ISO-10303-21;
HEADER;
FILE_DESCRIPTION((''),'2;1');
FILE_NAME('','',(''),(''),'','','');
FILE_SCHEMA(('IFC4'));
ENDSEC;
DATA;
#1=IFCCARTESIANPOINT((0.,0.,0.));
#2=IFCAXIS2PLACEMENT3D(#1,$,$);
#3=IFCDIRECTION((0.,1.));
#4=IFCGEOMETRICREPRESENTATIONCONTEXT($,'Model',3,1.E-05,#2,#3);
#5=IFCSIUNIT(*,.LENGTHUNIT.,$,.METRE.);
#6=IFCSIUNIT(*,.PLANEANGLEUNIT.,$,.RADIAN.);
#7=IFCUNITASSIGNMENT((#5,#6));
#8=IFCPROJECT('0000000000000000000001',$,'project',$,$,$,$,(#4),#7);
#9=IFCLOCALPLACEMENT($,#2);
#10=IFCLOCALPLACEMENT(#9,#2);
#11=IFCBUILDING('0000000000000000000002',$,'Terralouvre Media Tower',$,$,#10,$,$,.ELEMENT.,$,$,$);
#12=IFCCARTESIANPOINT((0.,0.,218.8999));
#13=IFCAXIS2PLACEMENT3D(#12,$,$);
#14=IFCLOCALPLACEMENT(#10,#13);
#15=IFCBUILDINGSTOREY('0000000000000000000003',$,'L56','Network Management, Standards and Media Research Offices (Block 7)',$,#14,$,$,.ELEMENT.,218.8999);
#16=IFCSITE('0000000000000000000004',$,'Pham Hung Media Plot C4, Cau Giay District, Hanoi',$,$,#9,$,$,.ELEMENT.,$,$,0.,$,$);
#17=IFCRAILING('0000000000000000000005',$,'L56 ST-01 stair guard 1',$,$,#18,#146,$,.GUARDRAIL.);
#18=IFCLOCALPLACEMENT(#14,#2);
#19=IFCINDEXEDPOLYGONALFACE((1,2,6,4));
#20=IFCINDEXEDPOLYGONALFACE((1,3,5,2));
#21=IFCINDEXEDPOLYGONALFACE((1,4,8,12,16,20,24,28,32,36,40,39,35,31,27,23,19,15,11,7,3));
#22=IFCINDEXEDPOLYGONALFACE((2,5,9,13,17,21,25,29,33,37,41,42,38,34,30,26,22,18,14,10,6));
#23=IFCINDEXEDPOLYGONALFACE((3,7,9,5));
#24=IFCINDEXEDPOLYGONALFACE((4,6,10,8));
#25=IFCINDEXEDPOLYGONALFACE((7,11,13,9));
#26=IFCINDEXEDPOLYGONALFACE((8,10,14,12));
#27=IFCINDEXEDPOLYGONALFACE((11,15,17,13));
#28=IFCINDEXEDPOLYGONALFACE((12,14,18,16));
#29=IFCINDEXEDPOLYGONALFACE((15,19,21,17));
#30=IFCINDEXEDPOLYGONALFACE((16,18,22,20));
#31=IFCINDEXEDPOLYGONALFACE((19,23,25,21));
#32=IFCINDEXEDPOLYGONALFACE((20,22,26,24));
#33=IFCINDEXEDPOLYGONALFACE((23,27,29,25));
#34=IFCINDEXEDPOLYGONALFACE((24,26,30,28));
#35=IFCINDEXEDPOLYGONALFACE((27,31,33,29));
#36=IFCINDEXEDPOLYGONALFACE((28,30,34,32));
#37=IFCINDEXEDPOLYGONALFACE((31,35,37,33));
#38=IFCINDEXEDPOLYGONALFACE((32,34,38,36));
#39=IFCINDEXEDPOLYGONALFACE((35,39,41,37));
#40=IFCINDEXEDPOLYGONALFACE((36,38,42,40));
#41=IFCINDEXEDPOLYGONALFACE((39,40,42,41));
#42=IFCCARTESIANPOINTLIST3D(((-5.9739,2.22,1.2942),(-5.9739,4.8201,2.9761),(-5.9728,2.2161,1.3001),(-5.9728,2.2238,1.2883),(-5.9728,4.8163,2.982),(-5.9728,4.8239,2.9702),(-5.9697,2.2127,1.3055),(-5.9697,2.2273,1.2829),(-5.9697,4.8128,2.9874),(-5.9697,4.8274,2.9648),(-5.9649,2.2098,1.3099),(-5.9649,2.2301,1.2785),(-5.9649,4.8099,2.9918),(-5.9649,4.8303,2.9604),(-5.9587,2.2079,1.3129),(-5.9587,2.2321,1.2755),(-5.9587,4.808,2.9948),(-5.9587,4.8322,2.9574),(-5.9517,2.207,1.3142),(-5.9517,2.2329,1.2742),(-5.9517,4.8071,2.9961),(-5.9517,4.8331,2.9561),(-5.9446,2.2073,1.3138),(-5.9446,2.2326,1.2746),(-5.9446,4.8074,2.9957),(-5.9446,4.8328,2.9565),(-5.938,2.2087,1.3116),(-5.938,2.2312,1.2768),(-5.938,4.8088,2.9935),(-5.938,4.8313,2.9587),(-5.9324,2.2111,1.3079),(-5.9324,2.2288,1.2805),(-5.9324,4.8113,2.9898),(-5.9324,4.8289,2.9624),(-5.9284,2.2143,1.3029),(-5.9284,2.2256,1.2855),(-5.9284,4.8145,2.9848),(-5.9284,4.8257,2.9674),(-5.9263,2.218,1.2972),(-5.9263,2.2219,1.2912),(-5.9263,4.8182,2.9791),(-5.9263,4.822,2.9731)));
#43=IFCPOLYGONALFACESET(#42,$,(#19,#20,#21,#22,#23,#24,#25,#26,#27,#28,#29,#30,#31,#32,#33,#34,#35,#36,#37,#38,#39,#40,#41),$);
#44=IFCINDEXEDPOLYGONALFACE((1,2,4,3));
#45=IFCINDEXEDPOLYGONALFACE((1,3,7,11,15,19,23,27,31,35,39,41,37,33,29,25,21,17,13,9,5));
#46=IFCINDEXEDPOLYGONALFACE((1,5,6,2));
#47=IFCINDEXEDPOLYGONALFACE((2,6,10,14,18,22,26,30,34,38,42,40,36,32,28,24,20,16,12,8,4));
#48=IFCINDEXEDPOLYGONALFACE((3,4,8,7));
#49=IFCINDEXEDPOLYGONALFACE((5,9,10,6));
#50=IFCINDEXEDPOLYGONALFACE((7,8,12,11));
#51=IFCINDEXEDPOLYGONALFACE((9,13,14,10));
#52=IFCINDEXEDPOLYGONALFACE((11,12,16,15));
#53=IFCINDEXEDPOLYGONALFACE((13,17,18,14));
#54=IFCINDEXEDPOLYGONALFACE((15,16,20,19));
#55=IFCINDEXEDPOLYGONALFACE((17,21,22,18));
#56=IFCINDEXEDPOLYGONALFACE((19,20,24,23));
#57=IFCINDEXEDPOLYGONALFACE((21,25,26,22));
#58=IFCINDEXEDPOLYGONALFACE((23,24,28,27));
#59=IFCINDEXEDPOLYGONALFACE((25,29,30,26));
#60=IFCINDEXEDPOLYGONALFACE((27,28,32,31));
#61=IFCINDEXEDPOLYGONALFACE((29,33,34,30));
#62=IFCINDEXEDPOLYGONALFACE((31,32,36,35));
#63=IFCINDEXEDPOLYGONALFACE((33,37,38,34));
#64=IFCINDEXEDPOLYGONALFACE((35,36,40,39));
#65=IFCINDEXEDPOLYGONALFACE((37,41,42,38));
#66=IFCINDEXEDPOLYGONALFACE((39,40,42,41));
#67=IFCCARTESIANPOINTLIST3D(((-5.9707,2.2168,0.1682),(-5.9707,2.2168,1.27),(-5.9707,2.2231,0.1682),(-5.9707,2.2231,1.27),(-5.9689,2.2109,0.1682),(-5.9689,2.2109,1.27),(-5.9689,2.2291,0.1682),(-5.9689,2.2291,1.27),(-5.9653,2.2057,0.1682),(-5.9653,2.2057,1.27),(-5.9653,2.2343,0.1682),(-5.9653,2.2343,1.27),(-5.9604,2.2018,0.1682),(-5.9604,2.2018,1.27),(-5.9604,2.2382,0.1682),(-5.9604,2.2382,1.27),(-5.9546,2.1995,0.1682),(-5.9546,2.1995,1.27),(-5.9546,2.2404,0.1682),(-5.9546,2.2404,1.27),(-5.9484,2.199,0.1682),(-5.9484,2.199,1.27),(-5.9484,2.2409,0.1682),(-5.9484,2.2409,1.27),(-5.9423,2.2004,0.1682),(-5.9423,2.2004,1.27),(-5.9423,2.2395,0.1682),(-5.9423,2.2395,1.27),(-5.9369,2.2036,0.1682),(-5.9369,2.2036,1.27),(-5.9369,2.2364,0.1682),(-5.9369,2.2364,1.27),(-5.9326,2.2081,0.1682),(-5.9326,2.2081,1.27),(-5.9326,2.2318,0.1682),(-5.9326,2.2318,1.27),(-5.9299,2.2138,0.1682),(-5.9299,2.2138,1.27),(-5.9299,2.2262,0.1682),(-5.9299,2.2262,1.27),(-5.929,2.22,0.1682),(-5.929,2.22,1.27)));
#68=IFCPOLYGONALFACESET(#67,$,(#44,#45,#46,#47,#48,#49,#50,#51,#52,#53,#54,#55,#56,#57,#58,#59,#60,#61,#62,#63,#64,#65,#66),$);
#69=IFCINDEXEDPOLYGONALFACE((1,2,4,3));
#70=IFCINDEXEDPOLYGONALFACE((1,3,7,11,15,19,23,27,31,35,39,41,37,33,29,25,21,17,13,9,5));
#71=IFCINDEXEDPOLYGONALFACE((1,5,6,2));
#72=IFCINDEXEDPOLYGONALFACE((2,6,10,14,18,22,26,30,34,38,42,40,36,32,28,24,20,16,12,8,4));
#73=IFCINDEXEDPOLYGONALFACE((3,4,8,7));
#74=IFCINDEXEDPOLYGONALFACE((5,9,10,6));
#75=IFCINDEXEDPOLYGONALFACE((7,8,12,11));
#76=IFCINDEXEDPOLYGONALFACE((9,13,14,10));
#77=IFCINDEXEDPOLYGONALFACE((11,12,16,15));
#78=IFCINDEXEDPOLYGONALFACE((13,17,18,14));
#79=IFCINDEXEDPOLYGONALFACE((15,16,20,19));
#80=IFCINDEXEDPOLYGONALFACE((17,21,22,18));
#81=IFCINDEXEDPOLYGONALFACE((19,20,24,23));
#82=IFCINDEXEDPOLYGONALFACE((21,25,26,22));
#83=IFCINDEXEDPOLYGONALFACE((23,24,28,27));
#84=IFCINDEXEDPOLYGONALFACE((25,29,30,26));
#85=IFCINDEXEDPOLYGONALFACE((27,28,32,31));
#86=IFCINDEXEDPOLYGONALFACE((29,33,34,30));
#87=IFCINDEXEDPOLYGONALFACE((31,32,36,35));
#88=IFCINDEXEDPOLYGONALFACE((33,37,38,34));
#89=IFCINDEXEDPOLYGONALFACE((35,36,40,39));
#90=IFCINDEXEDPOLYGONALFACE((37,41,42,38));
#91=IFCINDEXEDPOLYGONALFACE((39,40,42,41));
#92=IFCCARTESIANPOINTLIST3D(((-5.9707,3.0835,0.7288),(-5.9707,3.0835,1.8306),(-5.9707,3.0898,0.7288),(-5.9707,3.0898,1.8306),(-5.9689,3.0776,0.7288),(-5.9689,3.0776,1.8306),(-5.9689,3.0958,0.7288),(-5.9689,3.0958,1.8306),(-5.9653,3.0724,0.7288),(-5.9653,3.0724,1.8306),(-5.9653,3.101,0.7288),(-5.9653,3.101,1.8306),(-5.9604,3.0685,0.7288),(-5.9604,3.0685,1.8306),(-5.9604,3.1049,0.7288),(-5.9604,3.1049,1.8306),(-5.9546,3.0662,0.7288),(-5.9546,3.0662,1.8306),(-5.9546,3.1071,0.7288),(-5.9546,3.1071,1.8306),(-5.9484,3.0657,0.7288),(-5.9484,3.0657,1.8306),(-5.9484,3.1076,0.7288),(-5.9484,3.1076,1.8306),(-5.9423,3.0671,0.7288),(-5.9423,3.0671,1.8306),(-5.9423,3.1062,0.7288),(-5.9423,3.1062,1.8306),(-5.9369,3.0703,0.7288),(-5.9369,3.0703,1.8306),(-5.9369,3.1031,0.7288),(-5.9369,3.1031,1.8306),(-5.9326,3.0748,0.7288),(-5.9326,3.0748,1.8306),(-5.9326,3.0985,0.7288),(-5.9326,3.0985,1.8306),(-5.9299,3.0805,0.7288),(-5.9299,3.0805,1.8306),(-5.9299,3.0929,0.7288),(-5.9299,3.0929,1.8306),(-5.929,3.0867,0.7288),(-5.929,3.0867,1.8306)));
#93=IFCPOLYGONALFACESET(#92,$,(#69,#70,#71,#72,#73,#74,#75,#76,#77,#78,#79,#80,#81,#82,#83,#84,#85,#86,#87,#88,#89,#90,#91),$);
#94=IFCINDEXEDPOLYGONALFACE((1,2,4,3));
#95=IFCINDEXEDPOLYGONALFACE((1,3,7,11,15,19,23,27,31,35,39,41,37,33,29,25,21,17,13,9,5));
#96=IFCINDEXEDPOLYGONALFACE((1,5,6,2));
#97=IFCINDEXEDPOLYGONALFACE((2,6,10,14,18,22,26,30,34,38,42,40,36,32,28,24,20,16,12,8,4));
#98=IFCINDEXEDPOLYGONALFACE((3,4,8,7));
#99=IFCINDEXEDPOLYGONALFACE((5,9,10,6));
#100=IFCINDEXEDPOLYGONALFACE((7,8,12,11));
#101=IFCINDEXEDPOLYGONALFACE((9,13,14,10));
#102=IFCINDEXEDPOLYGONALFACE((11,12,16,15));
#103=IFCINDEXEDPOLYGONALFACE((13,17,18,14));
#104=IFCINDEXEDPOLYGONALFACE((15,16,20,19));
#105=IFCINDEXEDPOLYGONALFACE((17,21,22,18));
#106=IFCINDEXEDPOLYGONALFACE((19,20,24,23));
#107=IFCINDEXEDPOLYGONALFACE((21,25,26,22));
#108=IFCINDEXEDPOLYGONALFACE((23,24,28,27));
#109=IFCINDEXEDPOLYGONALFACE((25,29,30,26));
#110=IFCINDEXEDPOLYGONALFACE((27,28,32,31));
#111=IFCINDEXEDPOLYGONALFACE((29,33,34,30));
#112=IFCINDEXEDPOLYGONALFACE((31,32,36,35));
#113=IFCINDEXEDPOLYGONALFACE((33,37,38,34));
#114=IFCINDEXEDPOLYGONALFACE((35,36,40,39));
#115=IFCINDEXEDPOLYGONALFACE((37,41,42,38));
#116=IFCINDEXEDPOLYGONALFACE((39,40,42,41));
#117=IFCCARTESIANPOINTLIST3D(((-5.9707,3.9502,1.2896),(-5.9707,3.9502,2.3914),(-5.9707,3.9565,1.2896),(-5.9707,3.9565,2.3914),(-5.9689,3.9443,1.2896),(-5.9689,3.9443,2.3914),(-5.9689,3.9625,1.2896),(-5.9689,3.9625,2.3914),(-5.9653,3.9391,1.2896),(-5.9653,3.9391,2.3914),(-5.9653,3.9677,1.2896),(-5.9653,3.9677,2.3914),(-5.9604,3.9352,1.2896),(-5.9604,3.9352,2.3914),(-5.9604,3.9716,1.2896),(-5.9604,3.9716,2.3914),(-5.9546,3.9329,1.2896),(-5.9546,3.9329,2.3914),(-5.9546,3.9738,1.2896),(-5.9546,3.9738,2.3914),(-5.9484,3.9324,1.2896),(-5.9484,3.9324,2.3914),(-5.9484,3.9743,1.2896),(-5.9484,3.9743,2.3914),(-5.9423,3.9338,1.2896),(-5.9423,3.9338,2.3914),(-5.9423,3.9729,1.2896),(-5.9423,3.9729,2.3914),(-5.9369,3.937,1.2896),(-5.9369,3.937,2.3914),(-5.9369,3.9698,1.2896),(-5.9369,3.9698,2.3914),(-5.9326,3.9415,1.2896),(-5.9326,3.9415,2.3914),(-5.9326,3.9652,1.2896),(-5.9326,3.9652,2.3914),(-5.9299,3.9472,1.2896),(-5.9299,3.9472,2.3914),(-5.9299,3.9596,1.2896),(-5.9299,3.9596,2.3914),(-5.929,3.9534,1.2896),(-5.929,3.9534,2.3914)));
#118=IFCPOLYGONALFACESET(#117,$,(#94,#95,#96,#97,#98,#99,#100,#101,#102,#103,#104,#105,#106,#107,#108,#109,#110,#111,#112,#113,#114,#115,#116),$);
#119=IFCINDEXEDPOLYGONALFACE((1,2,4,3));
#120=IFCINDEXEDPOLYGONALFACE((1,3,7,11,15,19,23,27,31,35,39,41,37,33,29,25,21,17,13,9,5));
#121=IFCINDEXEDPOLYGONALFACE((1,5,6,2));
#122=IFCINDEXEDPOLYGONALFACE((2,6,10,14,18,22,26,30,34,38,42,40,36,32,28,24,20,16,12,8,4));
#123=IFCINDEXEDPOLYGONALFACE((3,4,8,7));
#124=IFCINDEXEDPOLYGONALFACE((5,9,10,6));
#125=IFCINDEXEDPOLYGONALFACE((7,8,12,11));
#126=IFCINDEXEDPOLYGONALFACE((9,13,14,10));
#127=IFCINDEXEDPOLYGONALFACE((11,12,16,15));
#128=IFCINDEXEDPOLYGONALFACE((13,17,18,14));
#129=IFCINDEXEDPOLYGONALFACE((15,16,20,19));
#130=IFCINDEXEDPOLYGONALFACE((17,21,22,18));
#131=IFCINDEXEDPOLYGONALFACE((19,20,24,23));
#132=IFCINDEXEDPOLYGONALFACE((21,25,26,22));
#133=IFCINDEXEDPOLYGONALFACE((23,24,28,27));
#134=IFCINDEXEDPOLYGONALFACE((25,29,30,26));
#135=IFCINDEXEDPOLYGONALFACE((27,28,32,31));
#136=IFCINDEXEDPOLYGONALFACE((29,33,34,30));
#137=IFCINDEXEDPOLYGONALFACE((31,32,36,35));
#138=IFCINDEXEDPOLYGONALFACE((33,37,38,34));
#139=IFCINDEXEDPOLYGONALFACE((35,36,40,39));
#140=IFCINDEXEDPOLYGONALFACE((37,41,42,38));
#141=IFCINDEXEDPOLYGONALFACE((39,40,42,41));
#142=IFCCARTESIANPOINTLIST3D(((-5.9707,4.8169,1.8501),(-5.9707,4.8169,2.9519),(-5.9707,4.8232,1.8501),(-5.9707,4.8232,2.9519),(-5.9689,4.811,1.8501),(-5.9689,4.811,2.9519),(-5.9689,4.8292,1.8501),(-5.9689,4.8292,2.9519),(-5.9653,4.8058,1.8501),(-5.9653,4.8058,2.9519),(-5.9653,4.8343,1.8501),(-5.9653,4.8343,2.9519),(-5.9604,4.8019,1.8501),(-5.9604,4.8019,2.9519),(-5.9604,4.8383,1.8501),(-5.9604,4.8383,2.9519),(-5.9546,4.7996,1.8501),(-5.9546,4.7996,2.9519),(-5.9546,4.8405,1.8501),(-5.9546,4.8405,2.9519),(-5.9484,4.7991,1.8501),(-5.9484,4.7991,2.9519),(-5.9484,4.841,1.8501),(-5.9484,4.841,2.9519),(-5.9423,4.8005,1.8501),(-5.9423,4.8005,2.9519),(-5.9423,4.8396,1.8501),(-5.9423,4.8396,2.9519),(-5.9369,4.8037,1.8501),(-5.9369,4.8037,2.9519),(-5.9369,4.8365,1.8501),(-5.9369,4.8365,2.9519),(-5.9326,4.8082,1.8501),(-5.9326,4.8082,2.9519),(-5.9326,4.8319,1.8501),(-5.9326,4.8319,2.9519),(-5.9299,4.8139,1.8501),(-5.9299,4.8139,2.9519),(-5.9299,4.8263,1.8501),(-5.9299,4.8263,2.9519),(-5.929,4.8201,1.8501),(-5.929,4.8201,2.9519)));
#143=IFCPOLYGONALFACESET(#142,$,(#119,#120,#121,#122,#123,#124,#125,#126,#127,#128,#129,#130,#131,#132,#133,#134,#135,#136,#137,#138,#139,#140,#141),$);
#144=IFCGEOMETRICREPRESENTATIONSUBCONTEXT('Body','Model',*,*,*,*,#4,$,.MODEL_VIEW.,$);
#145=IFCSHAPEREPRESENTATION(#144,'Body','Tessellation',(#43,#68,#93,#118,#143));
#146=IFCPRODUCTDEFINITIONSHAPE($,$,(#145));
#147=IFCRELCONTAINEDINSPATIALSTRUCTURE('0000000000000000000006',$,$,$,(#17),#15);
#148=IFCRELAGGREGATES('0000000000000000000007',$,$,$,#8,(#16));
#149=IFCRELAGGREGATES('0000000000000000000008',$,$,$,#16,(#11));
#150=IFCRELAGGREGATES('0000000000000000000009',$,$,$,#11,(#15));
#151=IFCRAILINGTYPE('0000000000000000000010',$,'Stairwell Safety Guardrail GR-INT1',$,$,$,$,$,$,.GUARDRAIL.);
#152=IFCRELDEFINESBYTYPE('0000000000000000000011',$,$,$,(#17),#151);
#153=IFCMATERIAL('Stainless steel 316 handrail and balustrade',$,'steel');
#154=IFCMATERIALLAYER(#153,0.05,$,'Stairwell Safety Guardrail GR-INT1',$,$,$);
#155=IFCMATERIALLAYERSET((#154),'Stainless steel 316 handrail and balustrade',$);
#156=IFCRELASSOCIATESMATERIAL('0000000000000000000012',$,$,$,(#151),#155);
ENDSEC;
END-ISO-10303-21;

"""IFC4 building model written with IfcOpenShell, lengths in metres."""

from ifc_helpers import new_model, si_unit, direction, frame, origin, origin_2d, place, context, subcontext, project, spatial, circle, extrude, material, layer, layer_set, type_object, element, save


model = new_model("IFC4")

# Units and contexts
model_context = context("Model", 3, precision=1e-05, world=origin(), true_north=direction((0.0, 1.0)))
body_context = subcontext(model_context, "Body", "Model", "MODEL_VIEW")
ifc_project = project(units=[si_unit("LENGTHUNIT", "METRE"), si_unit("PLANEANGLEUNIT", "RADIAN")], contexts=[model_context])

# Site, building, storey
site_placement = place(None, origin())
site = spatial("IfcSite", under=ifc_project, at=site_placement, Name="Pham Hung Media Plot C4, Cau Giay District, Hanoi", CompositionType="ELEMENT", RefElevation=0.0)
building_placement = place(site_placement, origin())
building = spatial("IfcBuilding", under=site, at=building_placement, Name="Terralouvre Media Tower", CompositionType="ELEMENT")
storey_placement = place(building_placement, frame((0.0, 0.0, 218.8999)))
storey = spatial("IfcBuildingStorey", under=building, at=storey_placement, Name="L56", Description="Network Management, Standards and Media Research Offices (Block 7)", CompositionType="ELEMENT", Elevation=218.8999)

# Railing
ifc_material_1 = material(Name="Stainless steel 316 handrail and balustrade", Category="steel")
ifc_layer_1 = layer(ifc_material_1, 0.05, Name="Stairwell Safety Guardrail GR-INT1")
ifc_layer_set_1 = layer_set([ifc_layer_1], Name="Stainless steel 316 handrail and balustrade")
railing_type_1 = type_object("IfcRailingType", Name="Stairwell Safety Guardrail GR-INT1", PredefinedType="GUARDRAIL", material=ifc_layer_set_1)
railing_1_placement = place(storey_placement, frame((-5.95, 2.22, 0.1682)))
element("IfcRailing", 1, at=railing_1_placement, inside=storey, type_object=railing_type_1, Name="L56 ST-01 stair guard 1", PredefinedType="GUARDRAIL", context=body_context, shape_type="SweptSolid", body=[
    extrude(circle(Radius=0.0239, at=origin_2d()), frame((0.0, 0.0, 1.126), z_axis=(0.0, 0.839648, 0.54313), x_axis=(-1.0, 0.0, 0.0)), (0.0, 0.0, 1.0), 3.0967),
    extrude(circle(Radius=0.021, at=origin_2d()), origin(), (0.0, 0.0, 1.0), 1.1018),
    extrude(circle(Radius=0.021, at=origin_2d()), frame((0.0, 0.8667, 0.5605)), (0.0, 0.0, 1.0), 1.1018),
    extrude(circle(Radius=0.021, at=origin_2d()), frame((0.0, 1.7334, 1.1213)), (0.0, 0.0, 1.0), 1.1018),
    extrude(circle(Radius=0.021, at=origin_2d()), frame((0.0, 2.6001, 1.6819)), (0.0, 0.0, 1.0), 1.1018),
])

save(model, "model.ifc")
